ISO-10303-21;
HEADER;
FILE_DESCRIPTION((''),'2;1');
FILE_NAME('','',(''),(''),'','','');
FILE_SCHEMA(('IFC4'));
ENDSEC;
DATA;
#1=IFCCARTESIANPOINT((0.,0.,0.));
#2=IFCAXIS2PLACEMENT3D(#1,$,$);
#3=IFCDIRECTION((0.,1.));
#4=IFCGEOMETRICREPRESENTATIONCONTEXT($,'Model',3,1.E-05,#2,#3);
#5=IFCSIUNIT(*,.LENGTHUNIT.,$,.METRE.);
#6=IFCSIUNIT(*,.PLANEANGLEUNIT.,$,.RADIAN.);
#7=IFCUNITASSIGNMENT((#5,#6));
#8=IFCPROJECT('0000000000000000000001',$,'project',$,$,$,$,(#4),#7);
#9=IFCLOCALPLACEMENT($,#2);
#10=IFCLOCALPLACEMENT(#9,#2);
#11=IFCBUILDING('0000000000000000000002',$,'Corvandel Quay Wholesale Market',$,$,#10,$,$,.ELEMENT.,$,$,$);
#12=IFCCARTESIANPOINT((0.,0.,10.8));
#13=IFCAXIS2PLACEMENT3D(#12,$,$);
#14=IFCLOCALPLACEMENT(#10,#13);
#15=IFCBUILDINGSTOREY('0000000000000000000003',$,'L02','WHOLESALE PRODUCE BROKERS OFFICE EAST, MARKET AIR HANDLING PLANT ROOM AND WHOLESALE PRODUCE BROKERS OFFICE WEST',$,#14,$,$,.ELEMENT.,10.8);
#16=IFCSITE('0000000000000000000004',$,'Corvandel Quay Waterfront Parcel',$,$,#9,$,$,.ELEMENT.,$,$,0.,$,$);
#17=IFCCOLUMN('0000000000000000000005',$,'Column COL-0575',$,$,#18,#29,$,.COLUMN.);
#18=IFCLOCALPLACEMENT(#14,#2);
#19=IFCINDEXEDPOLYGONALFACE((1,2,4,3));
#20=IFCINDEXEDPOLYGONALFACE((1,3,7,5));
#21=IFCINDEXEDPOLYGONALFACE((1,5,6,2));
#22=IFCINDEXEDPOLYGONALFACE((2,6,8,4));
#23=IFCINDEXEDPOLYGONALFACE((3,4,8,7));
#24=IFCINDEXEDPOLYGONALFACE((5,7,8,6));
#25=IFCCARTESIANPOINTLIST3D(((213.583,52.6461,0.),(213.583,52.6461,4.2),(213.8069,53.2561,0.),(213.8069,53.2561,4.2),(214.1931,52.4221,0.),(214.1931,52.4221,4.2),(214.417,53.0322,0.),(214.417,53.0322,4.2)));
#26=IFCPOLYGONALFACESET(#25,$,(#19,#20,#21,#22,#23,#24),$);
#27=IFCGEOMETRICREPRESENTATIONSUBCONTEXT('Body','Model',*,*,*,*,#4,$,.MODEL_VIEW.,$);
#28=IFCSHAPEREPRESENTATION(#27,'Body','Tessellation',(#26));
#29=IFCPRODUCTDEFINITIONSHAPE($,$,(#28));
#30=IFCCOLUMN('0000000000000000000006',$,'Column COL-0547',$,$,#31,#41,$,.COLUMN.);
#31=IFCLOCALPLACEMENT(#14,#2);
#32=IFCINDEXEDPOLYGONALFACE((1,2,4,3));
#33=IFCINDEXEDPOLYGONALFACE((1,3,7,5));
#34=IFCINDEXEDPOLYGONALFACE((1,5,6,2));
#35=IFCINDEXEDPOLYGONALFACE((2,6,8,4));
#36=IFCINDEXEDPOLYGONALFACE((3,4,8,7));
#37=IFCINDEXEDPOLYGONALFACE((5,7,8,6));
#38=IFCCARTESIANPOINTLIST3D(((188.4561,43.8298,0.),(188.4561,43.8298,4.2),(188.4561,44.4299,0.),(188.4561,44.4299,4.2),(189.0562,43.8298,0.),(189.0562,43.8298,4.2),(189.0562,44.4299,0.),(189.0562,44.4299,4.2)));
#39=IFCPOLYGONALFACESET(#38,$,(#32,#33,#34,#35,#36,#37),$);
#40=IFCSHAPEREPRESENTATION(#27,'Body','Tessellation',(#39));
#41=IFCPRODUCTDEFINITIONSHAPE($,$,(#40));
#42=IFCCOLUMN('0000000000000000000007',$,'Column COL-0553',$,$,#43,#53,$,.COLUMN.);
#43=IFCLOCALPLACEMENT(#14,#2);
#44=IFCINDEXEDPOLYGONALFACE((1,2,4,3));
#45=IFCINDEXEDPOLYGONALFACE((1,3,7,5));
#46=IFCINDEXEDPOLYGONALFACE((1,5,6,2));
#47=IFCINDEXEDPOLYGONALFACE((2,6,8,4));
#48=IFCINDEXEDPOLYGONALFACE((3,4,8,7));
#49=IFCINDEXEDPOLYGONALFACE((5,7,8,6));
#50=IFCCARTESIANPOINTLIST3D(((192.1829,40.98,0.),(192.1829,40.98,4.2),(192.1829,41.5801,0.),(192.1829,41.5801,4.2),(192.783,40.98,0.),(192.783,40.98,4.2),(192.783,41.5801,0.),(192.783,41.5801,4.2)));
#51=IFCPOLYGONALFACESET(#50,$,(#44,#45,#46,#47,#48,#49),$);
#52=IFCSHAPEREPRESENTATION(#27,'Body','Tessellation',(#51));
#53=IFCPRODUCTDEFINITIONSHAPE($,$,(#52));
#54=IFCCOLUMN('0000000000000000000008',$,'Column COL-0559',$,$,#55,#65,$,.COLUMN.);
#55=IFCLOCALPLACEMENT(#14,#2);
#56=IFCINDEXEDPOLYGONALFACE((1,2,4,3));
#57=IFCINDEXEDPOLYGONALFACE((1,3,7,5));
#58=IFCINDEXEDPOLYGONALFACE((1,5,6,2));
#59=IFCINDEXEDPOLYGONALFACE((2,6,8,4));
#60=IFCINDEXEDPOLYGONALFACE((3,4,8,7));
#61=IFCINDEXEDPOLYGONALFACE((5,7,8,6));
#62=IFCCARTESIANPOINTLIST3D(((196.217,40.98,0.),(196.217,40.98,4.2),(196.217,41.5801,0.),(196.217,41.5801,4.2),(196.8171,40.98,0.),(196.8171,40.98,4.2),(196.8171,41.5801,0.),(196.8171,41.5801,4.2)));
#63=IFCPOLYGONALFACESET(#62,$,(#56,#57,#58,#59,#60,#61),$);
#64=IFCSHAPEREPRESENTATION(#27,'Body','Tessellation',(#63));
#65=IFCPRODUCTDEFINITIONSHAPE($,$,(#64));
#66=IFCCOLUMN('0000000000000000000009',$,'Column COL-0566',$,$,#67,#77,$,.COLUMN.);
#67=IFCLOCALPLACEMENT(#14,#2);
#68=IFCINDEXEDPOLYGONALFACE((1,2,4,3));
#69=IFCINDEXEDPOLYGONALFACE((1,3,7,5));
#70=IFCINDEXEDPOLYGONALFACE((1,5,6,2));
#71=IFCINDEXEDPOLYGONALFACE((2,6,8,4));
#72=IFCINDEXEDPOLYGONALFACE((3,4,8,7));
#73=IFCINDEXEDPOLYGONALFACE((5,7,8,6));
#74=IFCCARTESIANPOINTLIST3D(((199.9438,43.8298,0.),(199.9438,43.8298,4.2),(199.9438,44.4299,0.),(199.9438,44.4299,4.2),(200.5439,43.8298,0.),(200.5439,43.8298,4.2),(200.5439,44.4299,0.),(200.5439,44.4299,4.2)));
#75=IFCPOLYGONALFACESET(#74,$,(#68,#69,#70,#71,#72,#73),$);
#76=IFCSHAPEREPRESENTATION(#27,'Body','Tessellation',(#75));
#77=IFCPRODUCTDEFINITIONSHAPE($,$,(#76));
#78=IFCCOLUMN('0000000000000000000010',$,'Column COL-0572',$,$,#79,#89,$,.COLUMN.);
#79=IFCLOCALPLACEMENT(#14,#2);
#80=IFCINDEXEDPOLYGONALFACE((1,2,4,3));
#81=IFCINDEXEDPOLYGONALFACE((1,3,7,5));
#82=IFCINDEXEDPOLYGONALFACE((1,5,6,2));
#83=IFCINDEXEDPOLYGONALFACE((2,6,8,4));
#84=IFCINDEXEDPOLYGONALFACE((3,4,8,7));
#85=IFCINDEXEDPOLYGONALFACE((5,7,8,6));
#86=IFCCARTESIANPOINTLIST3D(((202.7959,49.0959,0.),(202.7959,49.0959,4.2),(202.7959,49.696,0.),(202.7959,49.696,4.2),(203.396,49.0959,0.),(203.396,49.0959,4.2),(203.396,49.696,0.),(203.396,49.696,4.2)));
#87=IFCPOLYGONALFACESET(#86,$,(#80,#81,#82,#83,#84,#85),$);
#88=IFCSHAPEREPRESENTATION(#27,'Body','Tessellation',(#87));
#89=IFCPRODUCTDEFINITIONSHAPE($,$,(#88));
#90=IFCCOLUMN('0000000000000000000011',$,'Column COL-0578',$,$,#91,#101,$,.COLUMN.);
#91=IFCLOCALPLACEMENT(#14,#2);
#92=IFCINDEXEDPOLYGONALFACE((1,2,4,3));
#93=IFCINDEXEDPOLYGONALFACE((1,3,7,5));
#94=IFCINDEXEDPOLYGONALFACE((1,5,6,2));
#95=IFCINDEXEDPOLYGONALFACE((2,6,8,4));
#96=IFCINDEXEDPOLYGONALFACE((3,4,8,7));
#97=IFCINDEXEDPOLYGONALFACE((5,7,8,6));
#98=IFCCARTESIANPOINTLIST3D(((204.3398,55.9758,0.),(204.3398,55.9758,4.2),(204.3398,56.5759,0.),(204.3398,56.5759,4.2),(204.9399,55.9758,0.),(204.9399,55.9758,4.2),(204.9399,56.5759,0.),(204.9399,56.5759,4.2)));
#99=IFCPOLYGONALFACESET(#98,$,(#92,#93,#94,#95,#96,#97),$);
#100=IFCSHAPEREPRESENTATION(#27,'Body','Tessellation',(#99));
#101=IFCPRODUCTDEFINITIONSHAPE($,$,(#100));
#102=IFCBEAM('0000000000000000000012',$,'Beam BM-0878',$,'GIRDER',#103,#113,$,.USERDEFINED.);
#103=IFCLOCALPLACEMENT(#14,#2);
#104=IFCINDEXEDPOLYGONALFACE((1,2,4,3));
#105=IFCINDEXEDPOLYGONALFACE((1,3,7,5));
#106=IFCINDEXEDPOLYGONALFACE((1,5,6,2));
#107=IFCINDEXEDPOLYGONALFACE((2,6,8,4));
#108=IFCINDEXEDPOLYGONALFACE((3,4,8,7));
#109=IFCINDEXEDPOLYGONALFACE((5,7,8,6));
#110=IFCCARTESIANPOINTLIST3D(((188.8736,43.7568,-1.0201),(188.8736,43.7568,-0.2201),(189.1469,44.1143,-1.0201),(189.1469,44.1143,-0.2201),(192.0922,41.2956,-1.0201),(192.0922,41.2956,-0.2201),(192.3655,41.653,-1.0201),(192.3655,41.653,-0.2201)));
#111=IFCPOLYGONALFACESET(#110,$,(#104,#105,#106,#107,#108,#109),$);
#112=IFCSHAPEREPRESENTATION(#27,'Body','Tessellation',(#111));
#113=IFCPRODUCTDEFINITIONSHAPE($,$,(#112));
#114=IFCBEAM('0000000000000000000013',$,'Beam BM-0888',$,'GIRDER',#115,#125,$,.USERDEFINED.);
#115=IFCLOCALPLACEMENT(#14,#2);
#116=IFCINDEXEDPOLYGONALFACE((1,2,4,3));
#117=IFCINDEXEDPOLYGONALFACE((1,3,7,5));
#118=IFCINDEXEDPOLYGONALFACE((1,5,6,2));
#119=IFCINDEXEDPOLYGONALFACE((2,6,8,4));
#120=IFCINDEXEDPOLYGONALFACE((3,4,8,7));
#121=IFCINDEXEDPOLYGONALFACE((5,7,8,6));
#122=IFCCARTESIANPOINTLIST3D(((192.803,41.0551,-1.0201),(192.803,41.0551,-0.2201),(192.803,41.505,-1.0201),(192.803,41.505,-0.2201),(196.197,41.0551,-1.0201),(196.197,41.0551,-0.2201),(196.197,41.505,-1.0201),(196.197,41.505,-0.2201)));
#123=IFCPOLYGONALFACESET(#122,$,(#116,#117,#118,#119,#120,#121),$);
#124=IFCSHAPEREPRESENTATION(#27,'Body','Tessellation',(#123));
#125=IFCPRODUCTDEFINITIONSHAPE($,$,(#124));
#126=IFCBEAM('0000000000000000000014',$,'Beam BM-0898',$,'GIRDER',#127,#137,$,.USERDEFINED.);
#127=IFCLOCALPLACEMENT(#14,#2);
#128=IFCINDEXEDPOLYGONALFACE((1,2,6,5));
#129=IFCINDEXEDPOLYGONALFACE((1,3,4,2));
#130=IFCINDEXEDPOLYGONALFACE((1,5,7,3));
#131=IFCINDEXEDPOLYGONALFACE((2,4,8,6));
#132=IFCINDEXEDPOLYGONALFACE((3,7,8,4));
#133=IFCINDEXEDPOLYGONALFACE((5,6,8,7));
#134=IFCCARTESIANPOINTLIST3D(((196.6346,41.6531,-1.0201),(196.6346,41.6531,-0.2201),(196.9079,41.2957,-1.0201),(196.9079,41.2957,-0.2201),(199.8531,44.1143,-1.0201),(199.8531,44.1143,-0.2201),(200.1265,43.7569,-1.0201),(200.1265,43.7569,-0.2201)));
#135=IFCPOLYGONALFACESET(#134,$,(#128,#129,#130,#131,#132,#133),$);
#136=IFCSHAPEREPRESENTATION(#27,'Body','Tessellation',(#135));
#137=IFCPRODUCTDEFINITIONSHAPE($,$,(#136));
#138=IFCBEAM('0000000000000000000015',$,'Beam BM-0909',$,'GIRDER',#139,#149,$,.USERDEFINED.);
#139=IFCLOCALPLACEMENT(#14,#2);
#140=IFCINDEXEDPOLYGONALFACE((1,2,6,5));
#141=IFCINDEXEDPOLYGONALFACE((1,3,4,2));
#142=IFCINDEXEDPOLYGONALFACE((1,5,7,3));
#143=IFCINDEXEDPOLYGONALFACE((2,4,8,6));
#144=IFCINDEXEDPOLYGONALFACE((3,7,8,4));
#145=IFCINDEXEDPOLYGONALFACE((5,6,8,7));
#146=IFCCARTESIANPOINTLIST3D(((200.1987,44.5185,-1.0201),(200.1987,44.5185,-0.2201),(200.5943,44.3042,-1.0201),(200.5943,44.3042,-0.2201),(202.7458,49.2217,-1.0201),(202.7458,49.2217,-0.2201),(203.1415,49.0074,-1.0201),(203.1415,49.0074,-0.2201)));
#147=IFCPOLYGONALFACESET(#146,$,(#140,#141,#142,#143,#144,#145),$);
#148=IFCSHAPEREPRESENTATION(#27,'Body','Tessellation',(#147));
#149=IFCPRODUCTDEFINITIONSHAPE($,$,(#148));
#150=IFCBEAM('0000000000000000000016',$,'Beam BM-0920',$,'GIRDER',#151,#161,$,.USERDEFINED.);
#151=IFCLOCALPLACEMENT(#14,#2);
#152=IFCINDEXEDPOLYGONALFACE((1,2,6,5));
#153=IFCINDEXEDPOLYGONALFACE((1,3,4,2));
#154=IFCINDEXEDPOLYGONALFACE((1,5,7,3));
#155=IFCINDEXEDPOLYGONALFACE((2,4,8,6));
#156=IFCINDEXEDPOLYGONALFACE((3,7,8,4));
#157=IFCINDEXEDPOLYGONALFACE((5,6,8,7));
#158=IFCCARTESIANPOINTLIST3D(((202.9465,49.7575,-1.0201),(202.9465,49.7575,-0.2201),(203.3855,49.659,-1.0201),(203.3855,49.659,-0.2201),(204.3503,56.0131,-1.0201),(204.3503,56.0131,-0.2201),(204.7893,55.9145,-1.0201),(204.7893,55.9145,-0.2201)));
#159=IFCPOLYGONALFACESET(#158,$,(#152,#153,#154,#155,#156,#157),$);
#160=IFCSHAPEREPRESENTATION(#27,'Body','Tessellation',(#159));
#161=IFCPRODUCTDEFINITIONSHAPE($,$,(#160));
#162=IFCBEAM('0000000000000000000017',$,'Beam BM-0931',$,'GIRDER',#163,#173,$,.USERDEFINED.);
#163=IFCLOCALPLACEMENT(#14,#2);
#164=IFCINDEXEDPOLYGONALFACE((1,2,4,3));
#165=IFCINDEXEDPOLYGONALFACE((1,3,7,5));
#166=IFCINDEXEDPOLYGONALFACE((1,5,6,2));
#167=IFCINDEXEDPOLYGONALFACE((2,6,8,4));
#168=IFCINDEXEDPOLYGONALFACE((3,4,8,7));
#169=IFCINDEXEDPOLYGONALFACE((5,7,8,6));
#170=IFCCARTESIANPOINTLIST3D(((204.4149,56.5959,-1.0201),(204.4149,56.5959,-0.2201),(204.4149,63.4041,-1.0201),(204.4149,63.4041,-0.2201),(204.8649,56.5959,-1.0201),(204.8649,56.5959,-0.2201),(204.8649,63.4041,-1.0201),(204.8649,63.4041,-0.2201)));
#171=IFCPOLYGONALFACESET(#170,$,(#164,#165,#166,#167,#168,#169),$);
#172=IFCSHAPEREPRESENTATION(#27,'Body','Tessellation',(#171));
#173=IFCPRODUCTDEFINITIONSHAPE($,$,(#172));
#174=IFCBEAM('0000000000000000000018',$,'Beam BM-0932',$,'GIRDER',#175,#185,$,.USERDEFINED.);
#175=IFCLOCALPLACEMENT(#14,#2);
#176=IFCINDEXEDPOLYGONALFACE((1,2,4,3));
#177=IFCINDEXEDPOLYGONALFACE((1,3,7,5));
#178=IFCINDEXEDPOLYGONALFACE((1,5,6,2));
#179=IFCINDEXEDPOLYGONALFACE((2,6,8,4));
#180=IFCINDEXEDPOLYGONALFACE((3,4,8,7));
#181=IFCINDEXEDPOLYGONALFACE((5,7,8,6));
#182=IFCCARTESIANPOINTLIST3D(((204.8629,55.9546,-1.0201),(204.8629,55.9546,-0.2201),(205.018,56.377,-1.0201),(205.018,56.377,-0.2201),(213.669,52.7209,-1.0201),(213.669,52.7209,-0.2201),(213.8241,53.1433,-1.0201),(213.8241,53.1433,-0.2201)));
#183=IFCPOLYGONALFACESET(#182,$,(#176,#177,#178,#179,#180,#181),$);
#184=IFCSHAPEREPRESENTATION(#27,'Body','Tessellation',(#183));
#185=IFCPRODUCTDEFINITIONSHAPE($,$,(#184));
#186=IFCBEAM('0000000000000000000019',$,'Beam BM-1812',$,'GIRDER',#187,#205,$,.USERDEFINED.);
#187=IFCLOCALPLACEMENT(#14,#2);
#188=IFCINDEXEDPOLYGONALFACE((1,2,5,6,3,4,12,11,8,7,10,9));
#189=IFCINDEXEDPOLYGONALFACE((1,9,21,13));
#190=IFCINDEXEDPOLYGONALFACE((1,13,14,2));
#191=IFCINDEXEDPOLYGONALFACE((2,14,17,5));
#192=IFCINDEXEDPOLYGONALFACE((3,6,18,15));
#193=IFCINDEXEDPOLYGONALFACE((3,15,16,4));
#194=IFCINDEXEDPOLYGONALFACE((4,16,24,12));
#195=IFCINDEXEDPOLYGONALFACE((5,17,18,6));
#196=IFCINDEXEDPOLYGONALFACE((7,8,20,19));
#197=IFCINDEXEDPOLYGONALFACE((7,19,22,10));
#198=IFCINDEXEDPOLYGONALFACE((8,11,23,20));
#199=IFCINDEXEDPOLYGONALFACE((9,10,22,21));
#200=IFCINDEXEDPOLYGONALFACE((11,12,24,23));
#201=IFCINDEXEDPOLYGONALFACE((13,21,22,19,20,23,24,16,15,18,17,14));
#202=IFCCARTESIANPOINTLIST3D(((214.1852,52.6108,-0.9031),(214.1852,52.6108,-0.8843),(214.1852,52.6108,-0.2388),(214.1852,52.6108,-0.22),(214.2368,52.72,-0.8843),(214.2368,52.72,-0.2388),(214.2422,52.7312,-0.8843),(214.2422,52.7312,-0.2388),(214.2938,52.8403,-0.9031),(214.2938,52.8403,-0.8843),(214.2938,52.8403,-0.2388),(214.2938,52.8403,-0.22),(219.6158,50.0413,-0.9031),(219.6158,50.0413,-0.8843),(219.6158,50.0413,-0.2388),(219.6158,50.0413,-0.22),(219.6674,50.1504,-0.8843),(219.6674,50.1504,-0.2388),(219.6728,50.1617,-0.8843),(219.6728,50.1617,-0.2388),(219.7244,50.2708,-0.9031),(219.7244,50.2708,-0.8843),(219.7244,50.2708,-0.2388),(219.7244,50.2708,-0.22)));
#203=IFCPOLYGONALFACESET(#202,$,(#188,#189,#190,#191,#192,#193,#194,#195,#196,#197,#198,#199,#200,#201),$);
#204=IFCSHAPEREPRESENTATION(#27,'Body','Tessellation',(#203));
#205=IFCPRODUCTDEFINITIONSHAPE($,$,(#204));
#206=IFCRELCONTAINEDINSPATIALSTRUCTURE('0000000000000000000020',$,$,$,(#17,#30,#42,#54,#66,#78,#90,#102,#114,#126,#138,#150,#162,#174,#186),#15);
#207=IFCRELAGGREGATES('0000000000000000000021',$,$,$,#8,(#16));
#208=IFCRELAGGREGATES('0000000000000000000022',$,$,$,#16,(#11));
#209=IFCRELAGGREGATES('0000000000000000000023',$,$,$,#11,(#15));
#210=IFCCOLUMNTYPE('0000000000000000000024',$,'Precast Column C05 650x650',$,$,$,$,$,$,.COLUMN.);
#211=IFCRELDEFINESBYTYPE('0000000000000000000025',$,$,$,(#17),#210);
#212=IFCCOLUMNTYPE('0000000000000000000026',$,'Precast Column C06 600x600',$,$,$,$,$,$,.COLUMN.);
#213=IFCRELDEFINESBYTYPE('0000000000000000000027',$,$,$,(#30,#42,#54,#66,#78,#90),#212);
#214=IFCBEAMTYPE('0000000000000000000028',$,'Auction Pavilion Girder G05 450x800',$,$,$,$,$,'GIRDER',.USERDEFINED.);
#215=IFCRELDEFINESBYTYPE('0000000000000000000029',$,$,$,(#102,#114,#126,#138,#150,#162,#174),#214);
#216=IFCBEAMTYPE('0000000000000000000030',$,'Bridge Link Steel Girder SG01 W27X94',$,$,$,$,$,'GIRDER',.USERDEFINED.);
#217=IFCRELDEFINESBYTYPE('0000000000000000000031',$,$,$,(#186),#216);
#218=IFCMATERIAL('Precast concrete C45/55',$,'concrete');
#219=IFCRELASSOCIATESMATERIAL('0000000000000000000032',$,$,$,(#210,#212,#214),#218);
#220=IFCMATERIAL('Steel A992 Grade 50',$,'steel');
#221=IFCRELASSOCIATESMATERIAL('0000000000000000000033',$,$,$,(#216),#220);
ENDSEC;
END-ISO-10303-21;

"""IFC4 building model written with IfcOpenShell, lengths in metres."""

from ifc_helpers import new_model, si_unit, direction, frame, origin, origin_2d, place, context, subcontext, project, spatial, rectangle, i_section, extrude, material, material_profile, profile_set, type_object, element, save


model = new_model("IFC4")

# Units and contexts
model_context = context("Model", 3, precision=1e-05, world=origin(), true_north=direction((0.0, 1.0)))
body_context = subcontext(model_context, "Body", "Model", "MODEL_VIEW")
ifc_project = project(units=[si_unit("LENGTHUNIT", "METRE"), si_unit("PLANEANGLEUNIT", "RADIAN")], contexts=[model_context])

# Site, building, storey
site_placement = place(None, origin())
site = spatial("IfcSite", under=ifc_project, at=site_placement, Name="Corvandel Quay Waterfront Parcel", CompositionType="ELEMENT", RefElevation=0.0)
building_placement = place(site_placement, origin())
building = spatial("IfcBuilding", under=site, at=building_placement, Name="Corvandel Quay Wholesale Market", CompositionType="ELEMENT")
storey_placement = place(building_placement, frame((0.0, 0.0, 10.8)))
storey = spatial("IfcBuildingStorey", under=building, at=storey_placement, Name="L02", Description="WHOLESALE PRODUCE BROKERS OFFICE EAST, MARKET AIR HANDLING PLANT ROOM AND WHOLESALE PRODUCE BROKERS OFFICE WEST", CompositionType="ELEMENT", Elevation=10.8)

# Columns
ifc_material_1 = material(Name="Precast concrete C45/55", Category="concrete")
ifc_material_profile_1 = material_profile(ifc_material_1, rectangle(XDim=0.6499, YDim=0.6499, at=origin_2d()), Name="PC-COL-650x650")
ifc_profile_set_1 = profile_set([ifc_material_profile_1], Name="Precast concrete C45/55")
column_type_1 = type_object("IfcColumnType", Name="Precast Column C05 650x650", PredefinedType="COLUMN", material=ifc_profile_set_1)
column_placement = place(storey_placement, frame((214.0, 52.8391, 0.0), z_axis=(0.0, 0.0, 1.0), x_axis=(0.344643, 0.938734, 0.0)))
element("IfcColumn", 1, at=column_placement, inside=storey, type_object=column_type_1, Name="Column COL-0575", PredefinedType="COLUMN", context=body_context, shape_type="SweptSolid", body=[
    extrude(rectangle(XDim=0.6499, YDim=0.6499, at=origin_2d()), origin(), (0.0, 0.0, 1.0), 4.2),
])
ifc_material_profile_2 = material_profile(ifc_material_1, rectangle(XDim=0.6001, YDim=0.6001, at=origin_2d()), Name="PC-COL-600x600")
ifc_profile_set_2 = profile_set([ifc_material_profile_2], Name="Precast concrete C45/55")
column_type_2 = type_object("IfcColumnType", Name="Precast Column C06 600x600", PredefinedType="COLUMN", material=ifc_profile_set_2)
for number, where, z_axis, x_axis, name in (
    (2, (188.7561, 44.1299, 0.0), (0.0, 0.0, 1.0), (1.0, 0.0, 0.0), "Column COL-0547"),
    (3, (192.4829, 41.28, 0.0), (0.0, 0.0, 1.0), (1.0, 0.0, 0.0), "Column COL-0553"),
    (4, (196.5171, 41.28, 0.0), (0.0, 0.0, 1.0), (1.0, 0.0, 0.0), "Column COL-0559"),
    (5, (200.2439, 44.1299, 0.0), (0.0, 0.0, 1.0), (1.0, 0.0, 0.0), "Column COL-0566"),
    (6, (203.0959, 49.396, 0.0), (0.0, 0.0, 1.0), (1.0, 0.0, 0.0), "Column COL-0572"),
    (7, (204.6399, 56.2759, 0.0), (0.0, 0.0, 1.0), (1.0, 0.0, 0.0), "Column COL-0578"),
):
    element("IfcColumn", number, at=place(storey_placement, frame(where, z_axis=z_axis, x_axis=x_axis)), inside=storey, type_object=column_type_2, Name=name, PredefinedType="COLUMN", context=body_context, shape_type="SweptSolid", body=[
        extrude(rectangle(XDim=0.6001, YDim=0.6001, at=origin_2d()), origin(), (0.0, 0.0, 1.0), 4.2),
    ])

# Beams
ifc_material_profile_3 = material_profile(ifc_material_1, rectangle(XDim=0.45, YDim=0.8, at=origin_2d()), Name="PC-GIR-450x800")
ifc_profile_set_3 = profile_set([ifc_material_profile_3], Name="Precast concrete C45/55")
beam_type_1 = type_object("IfcBeamType", Name="Auction Pavilion Girder G05 450x800", ElementType="GIRDER", PredefinedType="USERDEFINED", material=ifc_profile_set_3)
beam_1_placement = place(storey_placement, frame((189.0103, 43.9355, -0.6201), z_axis=(0.794361, -0.607446, 0.0), x_axis=(0.607446, 0.794361, 0.0)))
element("IfcBeam", 8, at=beam_1_placement, inside=storey, type_object=beam_type_1, Name="Beam BM-0878", ObjectType="GIRDER", PredefinedType="USERDEFINED", context=body_context, shape_type="SweptSolid", body=[
    extrude(rectangle(XDim=0.45, YDim=0.8, at=origin_2d()), origin(), (0.0, 0.0, 1.0), 4.0518),
])
beam_2_placement = place(storey_placement, frame((192.803, 41.28, -0.6201), z_axis=(1.0, 0.0, 0.0), x_axis=(0.0, 1.0, 0.0)))
element("IfcBeam", 9, at=beam_2_placement, inside=storey, type_object=beam_type_1, Name="Beam BM-0888", ObjectType="GIRDER", PredefinedType="USERDEFINED", context=body_context, shape_type="SweptSolid", body=[
    extrude(rectangle(XDim=0.45, YDim=0.8, at=origin_2d()), origin(), (0.0, 0.0, 1.0), 3.394),
])
beam_3_placement = place(storey_placement, frame((196.7712, 41.4744, -0.6201), z_axis=(0.794361, 0.607446, 0.0), x_axis=(-0.607446, 0.794361, 0.0)))
element("IfcBeam", 10, at=beam_3_placement, inside=storey, type_object=beam_type_1, Name="Beam BM-0898", ObjectType="GIRDER", PredefinedType="USERDEFINED", context=body_context, shape_type="SweptSolid", body=[
    extrude(rectangle(XDim=0.45, YDim=0.8, at=origin_2d()), origin(), (0.0, 0.0, 1.0), 4.0518),
])
beam_4_placement = place(storey_placement, frame((200.3965, 44.4114, -0.6201), z_axis=(0.476224, 0.879324, 0.0), x_axis=(-0.879324, 0.476224, 0.0)))
element("IfcBeam", 11, at=beam_4_placement, inside=storey, type_object=beam_type_1, Name="Beam BM-0909", ObjectType="GIRDER", PredefinedType="USERDEFINED", context=body_context, shape_type="SweptSolid", body=[
    extrude(rectangle(XDim=0.45, YDim=0.8, at=origin_2d()), origin(), (0.0, 0.0, 1.0), 5.3486),
])
beam_5_placement = place(storey_placement, frame((203.166, 49.7083, -0.6201), z_axis=(0.218962, 0.975733, 0.0), x_axis=(-0.975733, 0.218962, 0.0)))
element("IfcBeam", 12, at=beam_5_placement, inside=storey, type_object=beam_type_1, Name="Beam BM-0920", ObjectType="GIRDER", PredefinedType="USERDEFINED", context=body_context, shape_type="SweptSolid", body=[
    extrude(rectangle(XDim=0.45, YDim=0.8, at=origin_2d()), origin(), (0.0, 0.0, 1.0), 6.4111),
])
beam_6_placement = place(storey_placement, frame((204.6399, 56.5959, -0.6201), z_axis=(0.0, 1.0, 0.0), x_axis=(-1.0, 0.0, 0.0)))
element("IfcBeam", 13, at=beam_6_placement, inside=storey, type_object=beam_type_1, Name="Beam BM-0931", ObjectType="GIRDER", PredefinedType="USERDEFINED", context=body_context, shape_type="SweptSolid", body=[
    extrude(rectangle(XDim=0.45, YDim=0.8, at=origin_2d()), origin(), (0.0, 0.0, 1.0), 6.8081),
])
beam_7_placement = place(storey_placement, frame((213.7466, 52.9321, -0.6201), z_axis=(-0.938714, 0.344698, 0.0), x_axis=(-0.344698, -0.938714, 0.0)))
element("IfcBeam", 14, at=beam_7_placement, inside=storey, type_object=beam_type_1, Name="Beam BM-0932", ObjectType="GIRDER", PredefinedType="USERDEFINED", context=body_context, shape_type="SweptSolid", body=[
    extrude(rectangle(XDim=0.45, YDim=0.8, at=origin_2d()), origin(), (0.0, 0.0, 1.0), 9.3811),
])
ifc_material_2 = material(Name="Steel A992 Grade 50", Category="steel")
ifc_material_profile_4 = material_profile(ifc_material_2, i_section(OverallWidth=0.2539, OverallDepth=0.6831, WebThickness=0.0125, FlangeThickness=0.0188, at=origin_2d()), Name="W27X94")
ifc_profile_set_4 = profile_set([ifc_material_profile_4], Name="Steel A992 Grade 50")
beam_type_2 = type_object("IfcBeamType", Name="Bridge Link Steel Girder SG01 W27X94", ElementType="GIRDER", PredefinedType="USERDEFINED", material=ifc_profile_set_4)
beam_8_placement = place(storey_placement, frame((214.2395, 52.7256, -0.5615), z_axis=(0.903921, -0.4277, 0.0), x_axis=(0.4277, 0.903921, 0.0)))
element("IfcBeam", 15, at=beam_8_placement, inside=storey, type_object=beam_type_2, Name="Beam BM-1812", ObjectType="GIRDER", PredefinedType="USERDEFINED", context=body_context, shape_type="SweptSolid", body=[
    extrude(i_section(OverallWidth=0.2539, OverallDepth=0.6831, WebThickness=0.0125, FlangeThickness=0.0188, at=origin_2d()), origin(), (0.0, 0.0, 1.0), 6.0078),
])

save(model, "model.ifc")
